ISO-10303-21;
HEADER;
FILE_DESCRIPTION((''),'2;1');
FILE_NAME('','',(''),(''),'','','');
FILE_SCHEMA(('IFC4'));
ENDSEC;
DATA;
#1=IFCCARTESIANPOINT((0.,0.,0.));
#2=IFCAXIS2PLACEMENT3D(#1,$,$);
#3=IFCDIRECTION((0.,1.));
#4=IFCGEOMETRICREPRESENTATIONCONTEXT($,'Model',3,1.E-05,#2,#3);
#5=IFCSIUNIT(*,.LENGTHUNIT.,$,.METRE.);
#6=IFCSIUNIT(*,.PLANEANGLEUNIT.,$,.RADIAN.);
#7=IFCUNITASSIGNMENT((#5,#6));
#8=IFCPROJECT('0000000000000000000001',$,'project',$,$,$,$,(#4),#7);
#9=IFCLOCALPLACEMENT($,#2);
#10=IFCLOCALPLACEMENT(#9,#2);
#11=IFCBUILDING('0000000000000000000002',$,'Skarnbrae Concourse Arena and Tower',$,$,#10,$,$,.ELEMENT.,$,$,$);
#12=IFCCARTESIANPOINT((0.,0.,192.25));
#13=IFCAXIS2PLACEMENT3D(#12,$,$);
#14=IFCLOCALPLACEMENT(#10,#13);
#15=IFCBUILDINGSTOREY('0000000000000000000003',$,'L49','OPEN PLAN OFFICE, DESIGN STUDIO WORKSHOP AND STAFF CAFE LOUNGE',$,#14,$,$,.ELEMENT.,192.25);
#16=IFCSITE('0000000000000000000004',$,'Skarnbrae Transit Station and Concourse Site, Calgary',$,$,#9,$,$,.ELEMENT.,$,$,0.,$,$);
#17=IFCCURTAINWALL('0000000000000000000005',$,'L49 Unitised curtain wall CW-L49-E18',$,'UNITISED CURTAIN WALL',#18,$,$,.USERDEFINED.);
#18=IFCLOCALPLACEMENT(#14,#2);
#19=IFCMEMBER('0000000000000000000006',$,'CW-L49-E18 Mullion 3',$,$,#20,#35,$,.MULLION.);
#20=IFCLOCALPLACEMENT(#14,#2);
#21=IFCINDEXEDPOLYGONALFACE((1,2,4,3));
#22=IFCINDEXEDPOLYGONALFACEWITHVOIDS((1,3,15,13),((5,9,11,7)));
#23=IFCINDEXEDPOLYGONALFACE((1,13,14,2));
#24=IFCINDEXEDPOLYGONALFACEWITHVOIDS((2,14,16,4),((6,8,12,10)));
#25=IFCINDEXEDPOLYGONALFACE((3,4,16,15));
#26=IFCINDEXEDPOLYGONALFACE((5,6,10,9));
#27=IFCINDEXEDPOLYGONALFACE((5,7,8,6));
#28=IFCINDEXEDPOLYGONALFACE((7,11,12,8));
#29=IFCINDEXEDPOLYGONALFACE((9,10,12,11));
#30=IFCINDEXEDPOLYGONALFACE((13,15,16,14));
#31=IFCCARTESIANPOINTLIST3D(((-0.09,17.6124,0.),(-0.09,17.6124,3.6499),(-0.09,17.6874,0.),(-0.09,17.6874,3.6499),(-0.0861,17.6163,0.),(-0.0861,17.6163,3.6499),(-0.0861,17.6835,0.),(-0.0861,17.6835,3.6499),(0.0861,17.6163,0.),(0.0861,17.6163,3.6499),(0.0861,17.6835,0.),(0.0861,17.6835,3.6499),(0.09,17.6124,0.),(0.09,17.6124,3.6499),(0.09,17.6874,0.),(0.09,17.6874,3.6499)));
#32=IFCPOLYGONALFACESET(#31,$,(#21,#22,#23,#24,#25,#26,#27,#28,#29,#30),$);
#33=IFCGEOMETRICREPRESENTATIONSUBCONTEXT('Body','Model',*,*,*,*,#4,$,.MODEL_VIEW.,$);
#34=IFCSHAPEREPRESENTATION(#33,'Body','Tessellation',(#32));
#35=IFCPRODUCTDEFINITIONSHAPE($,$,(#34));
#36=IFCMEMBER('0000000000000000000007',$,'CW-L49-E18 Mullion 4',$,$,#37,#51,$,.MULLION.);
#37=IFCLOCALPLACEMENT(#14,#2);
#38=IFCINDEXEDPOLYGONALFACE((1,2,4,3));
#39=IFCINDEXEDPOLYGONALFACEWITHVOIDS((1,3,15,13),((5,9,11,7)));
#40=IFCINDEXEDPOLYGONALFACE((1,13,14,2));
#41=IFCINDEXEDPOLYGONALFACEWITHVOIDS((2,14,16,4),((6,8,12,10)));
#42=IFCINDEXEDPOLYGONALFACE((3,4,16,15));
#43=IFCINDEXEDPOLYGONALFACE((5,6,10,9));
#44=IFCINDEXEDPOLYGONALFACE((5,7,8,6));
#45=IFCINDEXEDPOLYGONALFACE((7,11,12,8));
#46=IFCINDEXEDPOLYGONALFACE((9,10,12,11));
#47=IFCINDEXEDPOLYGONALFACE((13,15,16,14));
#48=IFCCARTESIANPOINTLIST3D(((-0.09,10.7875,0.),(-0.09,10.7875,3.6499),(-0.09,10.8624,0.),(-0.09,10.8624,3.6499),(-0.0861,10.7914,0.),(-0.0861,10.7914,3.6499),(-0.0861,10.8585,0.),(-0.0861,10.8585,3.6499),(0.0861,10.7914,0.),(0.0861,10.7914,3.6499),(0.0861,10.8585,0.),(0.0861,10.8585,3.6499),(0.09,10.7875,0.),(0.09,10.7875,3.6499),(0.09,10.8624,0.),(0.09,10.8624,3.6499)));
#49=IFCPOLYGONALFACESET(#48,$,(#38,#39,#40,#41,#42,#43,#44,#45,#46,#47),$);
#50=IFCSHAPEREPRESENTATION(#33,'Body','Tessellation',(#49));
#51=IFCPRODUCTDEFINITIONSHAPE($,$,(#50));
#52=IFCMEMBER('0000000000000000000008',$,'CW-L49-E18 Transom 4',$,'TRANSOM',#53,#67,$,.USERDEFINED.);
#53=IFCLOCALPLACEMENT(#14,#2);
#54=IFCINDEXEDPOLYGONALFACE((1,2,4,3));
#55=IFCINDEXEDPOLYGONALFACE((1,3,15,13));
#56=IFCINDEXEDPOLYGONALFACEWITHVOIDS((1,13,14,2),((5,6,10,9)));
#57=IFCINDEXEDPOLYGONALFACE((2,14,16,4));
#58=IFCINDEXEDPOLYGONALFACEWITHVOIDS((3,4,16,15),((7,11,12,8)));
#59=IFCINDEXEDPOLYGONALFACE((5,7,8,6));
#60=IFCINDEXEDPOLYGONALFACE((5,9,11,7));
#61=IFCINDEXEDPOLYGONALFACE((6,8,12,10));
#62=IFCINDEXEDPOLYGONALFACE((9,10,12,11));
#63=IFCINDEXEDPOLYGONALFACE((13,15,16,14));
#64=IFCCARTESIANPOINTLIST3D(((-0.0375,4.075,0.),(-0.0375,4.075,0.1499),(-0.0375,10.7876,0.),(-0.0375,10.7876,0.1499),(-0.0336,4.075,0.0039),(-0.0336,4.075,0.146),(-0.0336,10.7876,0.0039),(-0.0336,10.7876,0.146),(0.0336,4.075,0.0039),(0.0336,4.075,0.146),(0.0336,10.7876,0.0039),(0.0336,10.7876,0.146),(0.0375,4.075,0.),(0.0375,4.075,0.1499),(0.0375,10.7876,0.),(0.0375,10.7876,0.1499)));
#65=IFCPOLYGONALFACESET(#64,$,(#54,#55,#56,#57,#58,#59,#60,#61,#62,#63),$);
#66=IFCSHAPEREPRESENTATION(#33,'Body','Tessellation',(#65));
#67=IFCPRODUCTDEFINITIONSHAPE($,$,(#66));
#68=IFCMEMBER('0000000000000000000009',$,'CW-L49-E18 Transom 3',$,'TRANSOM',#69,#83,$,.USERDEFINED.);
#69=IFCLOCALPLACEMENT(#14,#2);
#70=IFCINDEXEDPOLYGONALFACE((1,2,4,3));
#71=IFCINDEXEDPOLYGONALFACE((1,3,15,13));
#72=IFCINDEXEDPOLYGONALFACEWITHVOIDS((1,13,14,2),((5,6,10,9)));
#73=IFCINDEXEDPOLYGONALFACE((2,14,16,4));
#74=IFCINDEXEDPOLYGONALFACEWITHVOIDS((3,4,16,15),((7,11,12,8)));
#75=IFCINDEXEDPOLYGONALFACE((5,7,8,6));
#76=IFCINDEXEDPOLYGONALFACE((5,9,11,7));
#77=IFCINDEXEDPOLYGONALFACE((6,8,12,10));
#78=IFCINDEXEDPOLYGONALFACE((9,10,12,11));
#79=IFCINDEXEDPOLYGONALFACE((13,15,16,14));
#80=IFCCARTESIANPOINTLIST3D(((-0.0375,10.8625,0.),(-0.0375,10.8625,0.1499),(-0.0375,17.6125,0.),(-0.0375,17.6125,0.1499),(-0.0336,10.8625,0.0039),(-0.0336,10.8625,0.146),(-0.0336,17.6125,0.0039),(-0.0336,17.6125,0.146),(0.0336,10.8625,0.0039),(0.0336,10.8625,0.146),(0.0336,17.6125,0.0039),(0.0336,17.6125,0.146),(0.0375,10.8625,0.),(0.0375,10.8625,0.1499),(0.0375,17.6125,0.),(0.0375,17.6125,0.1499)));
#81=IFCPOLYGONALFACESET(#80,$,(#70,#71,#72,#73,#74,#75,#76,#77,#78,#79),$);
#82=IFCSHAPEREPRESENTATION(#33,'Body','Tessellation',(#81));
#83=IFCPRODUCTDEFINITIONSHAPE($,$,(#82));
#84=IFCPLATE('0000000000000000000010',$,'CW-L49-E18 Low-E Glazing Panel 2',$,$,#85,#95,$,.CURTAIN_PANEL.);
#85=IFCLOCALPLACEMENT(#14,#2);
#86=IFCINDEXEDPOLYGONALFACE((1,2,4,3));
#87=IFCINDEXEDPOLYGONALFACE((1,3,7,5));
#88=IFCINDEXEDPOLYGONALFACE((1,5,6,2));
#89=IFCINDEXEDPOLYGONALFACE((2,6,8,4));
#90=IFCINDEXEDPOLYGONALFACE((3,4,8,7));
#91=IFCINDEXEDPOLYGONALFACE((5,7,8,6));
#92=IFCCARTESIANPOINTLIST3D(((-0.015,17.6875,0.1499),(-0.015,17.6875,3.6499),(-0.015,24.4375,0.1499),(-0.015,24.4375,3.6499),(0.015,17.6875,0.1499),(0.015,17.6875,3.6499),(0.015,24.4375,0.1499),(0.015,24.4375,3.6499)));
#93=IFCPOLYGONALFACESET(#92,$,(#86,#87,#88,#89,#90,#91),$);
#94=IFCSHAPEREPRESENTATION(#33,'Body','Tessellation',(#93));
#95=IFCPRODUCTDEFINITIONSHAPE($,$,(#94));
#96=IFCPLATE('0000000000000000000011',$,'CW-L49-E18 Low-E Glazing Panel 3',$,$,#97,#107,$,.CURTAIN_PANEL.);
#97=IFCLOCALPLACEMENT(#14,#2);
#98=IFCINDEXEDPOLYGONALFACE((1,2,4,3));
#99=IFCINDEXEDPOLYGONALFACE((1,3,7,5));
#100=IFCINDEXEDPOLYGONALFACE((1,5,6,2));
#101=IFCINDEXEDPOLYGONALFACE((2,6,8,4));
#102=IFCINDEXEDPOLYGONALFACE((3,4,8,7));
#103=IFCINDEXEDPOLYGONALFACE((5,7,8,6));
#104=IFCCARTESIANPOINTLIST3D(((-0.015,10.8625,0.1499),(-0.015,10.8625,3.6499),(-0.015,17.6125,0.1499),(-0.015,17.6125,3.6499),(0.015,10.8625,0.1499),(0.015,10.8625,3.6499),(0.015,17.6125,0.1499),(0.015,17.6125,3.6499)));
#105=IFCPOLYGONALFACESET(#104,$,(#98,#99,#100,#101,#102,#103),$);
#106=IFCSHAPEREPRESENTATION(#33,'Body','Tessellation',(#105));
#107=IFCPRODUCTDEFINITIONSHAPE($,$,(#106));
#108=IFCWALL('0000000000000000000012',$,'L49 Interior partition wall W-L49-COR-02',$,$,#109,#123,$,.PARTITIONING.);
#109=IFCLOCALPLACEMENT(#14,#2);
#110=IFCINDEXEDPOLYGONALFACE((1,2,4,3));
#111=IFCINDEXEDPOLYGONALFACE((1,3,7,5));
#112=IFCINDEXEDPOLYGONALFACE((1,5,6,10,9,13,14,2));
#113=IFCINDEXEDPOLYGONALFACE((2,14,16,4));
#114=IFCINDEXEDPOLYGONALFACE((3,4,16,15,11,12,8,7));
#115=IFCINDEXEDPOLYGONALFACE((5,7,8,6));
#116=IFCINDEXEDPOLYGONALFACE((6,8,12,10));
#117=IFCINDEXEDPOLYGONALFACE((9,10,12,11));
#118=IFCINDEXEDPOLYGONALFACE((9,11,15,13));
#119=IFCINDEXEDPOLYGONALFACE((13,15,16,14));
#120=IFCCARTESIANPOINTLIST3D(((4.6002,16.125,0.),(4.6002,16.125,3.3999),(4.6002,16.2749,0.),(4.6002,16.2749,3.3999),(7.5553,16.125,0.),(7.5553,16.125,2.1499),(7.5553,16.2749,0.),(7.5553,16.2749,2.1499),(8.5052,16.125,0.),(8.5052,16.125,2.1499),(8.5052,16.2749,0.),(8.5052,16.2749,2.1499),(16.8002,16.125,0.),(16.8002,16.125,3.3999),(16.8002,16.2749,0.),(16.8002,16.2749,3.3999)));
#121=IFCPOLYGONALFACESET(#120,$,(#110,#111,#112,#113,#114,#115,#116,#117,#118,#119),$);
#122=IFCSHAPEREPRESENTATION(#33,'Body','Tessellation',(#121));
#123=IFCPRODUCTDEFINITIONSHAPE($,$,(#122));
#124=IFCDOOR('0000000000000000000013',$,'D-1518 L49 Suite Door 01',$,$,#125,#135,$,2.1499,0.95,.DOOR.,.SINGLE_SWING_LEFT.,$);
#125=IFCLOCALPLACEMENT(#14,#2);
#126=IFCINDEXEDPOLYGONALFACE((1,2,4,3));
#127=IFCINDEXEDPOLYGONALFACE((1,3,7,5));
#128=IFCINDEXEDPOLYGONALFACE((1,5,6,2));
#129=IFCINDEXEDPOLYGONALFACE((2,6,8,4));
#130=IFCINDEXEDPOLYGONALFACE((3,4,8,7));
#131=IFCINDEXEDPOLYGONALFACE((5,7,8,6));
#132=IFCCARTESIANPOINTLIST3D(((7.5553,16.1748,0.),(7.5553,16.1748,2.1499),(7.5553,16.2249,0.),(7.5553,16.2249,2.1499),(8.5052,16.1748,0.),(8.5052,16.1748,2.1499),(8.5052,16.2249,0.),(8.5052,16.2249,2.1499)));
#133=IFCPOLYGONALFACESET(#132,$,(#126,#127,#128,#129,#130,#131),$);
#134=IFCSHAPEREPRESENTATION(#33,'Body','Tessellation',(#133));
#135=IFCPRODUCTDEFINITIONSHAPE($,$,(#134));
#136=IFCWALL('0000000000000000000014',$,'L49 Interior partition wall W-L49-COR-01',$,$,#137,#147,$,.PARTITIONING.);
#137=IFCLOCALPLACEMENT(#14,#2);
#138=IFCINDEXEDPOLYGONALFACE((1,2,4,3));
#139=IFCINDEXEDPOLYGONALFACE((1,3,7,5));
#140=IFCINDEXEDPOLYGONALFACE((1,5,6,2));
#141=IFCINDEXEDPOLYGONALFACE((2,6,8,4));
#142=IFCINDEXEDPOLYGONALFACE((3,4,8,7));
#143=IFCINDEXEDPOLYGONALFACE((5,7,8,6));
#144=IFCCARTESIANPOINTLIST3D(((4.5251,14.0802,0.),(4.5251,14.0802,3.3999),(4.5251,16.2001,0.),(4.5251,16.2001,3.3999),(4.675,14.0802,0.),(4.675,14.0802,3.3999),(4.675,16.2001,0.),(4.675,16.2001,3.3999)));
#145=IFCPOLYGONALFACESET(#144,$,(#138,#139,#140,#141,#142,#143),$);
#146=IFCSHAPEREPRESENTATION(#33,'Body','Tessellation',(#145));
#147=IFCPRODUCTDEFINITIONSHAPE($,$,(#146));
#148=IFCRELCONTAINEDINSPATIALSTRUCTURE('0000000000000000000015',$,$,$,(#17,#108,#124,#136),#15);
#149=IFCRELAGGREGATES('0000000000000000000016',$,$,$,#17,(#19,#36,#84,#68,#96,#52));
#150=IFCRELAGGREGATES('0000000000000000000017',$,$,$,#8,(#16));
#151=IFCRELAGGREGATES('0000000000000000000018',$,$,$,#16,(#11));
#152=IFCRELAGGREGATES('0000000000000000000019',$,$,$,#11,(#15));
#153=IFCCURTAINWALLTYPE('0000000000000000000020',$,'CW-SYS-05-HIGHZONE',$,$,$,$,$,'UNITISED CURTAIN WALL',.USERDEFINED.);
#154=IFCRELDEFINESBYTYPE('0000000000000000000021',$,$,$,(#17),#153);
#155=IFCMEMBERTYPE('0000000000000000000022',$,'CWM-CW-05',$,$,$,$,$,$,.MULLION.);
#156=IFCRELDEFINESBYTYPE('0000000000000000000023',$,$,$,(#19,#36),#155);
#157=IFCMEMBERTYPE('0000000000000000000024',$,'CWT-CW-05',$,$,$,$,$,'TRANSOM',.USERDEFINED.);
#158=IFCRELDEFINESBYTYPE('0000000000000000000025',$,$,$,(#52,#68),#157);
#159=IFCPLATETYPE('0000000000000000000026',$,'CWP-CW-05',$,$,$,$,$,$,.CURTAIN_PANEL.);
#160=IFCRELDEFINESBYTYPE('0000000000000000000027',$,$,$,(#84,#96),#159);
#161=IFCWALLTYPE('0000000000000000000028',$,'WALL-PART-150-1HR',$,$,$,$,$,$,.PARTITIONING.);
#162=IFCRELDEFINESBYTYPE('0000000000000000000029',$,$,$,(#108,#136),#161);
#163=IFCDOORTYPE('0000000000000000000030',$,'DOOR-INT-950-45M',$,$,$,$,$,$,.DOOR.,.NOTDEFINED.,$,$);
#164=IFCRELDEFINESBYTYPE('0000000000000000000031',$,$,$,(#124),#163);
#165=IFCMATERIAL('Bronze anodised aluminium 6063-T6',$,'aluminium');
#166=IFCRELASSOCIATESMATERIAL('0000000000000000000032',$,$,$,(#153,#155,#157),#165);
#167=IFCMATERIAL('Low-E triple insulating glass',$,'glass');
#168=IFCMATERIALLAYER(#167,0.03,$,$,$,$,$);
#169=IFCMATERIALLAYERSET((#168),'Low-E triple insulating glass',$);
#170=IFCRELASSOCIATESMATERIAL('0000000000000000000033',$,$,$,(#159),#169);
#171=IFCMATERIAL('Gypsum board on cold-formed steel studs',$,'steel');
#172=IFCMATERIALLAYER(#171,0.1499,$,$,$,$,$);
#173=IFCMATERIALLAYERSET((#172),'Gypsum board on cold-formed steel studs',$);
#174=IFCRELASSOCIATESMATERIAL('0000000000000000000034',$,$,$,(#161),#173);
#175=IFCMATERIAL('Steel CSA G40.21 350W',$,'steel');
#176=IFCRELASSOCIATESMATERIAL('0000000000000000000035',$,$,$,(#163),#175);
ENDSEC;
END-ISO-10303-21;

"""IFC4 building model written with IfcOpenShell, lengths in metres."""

from ifc_helpers import new_model, si_unit, direction, frame, frame_2d, origin, origin_2d, place, context, subcontext, project, spatial, rectangle, hollow_rectangle, extrude, source, transform, mapped, material, layer, layer_set, material_profile, profile_set, type_object, element, fill, aggregate, save


model = new_model("IFC4")

# Units and contexts
model_context = context("Model", 3, precision=1e-05, world=origin(), true_north=direction((0.0, 1.0)))
body_context = subcontext(model_context, "Body", "Model", "MODEL_VIEW")
ifc_project = project(units=[si_unit("LENGTHUNIT", "METRE"), si_unit("PLANEANGLEUNIT", "RADIAN")], contexts=[model_context])

# Site, building, storey
site_placement = place(None, origin())
site = spatial("IfcSite", under=ifc_project, at=site_placement, Name="Skarnbrae Transit Station and Concourse Site, Calgary", CompositionType="ELEMENT", RefElevation=0.0)
building_placement = place(site_placement, origin())
building = spatial("IfcBuilding", under=site, at=building_placement, Name="Skarnbrae Concourse Arena and Tower", CompositionType="ELEMENT")
storey_placement = place(building_placement, frame((0.0, 0.0, 192.25)))
storey = spatial("IfcBuildingStorey", under=building, at=storey_placement, Name="L49", Description="OPEN PLAN OFFICE, DESIGN STUDIO WORKSHOP AND STAFF CAFE LOUNGE", CompositionType="ELEMENT", Elevation=192.25)

# Shared definitions
ifc_material_1 = material(Name="Steel CSA G40.21 350W", Category="steel")

# Curtain wall, members, plates
ifc_material_2 = material(Name="Bronze anodised aluminium 6063-T6", Category="aluminium")
curtain_wall_type = type_object("IfcCurtainWallType", Name="CW-SYS-05-HIGHZONE", ElementType="UNITISED CURTAIN WALL", PredefinedType="USERDEFINED", material=ifc_material_2)
curtain_wall_placement = place(storey_placement, origin())
curtain_wall = element("IfcCurtainWall", 1, at=curtain_wall_placement, inside=storey, type_object=curtain_wall_type, Name="L49 Unitised curtain wall CW-L49-E18", ObjectType="UNITISED CURTAIN WALL", PredefinedType="USERDEFINED")
ifc_material_profile_1 = material_profile(ifc_material_2, hollow_rectangle(XDim=0.075, YDim=0.1799, WallThickness=0.0039, at=origin_2d()), Name="ALU-MULL-75X180")
ifc_profile_set_1 = profile_set([ifc_material_profile_1], Name="Bronze anodised aluminium 6063-T6")
member_type_1 = type_object("IfcMemberType", Name="CWM-CW-05", PredefinedType="MULLION", material=ifc_profile_set_1)
shared_shape_1 = source(origin(), body_context, "Body", "SweptSolid", [
    extrude(hollow_rectangle(XDim=0.075, YDim=0.1799, WallThickness=0.0039, at=origin_2d()), origin(), (0.0, 0.0, 1.0), 3.6499),
])
member_1_placement = place(storey_placement, frame((0.0, 17.6499, 0.0), z_axis=(0.0, 0.0, 1.0), x_axis=(0.0, -1.0, 0.0)))
member_1 = element("IfcMember", 2, at=member_1_placement, type_object=member_type_1, Name="CW-L49-E18 Mullion 3", PredefinedType="MULLION", context=body_context, shape_type="MappedRepresentation", body=[
    mapped(shared_shape_1, transform((0.0, 0.0, 0.0))),
])
member_2_placement = place(storey_placement, frame((0.0, 10.825, 0.0), z_axis=(0.0, 0.0, 1.0), x_axis=(0.0, -1.0, 0.0)))
member_2 = element("IfcMember", 3, at=member_2_placement, type_object=member_type_1, Name="CW-L49-E18 Mullion 4", PredefinedType="MULLION", context=body_context, shape_type="MappedRepresentation", body=[
    mapped(shared_shape_1, transform((0.0, 0.0, 0.0))),
])
ifc_material_profile_2 = material_profile(ifc_material_2, hollow_rectangle(XDim=0.075, YDim=0.1499, WallThickness=0.0039, at=origin_2d()), Name="ALU-TRAN-75X150")
ifc_profile_set_2 = profile_set([ifc_material_profile_2], Name="Bronze anodised aluminium 6063-T6")
member_type_2 = type_object("IfcMemberType", Name="CWT-CW-05", ElementType="TRANSOM", PredefinedType="USERDEFINED", material=ifc_profile_set_2)
shared_shape_2 = source(origin(), body_context, "Body", "SweptSolid", [
    extrude(hollow_rectangle(XDim=0.075, YDim=0.1499, WallThickness=0.0039, at=origin_2d()), origin(), (0.0, 0.0, 1.0), 6.7126),
])
member_3_placement = place(storey_placement, frame((0.0, 10.7876, 0.075), z_axis=(0.0, -1.0, 0.0), x_axis=(1.0, 0.0, 0.0)))
member_3 = element("IfcMember", 4, at=member_3_placement, type_object=member_type_2, Name="CW-L49-E18 Transom 4", ObjectType="TRANSOM", PredefinedType="USERDEFINED", context=body_context, shape_type="MappedRepresentation", body=[
    mapped(shared_shape_2, transform((0.0, 0.0, 0.0))),
])
shared_shape_3 = source(origin(), body_context, "Body", "SweptSolid", [
    extrude(hollow_rectangle(XDim=0.075, YDim=0.1499, WallThickness=0.0039, at=origin_2d()), origin(), (0.0, 0.0, 1.0), 6.75),
])
member_4_placement = place(storey_placement, frame((0.0, 17.6125, 0.075), z_axis=(0.0, -1.0, 0.0), x_axis=(1.0, 0.0, 0.0)))
member_4 = element("IfcMember", 5, at=member_4_placement, type_object=member_type_2, Name="CW-L49-E18 Transom 3", ObjectType="TRANSOM", PredefinedType="USERDEFINED", context=body_context, shape_type="MappedRepresentation", body=[
    mapped(shared_shape_3, transform((0.0, 0.0, 0.0))),
])
ifc_material_3 = material(Name="Low-E triple insulating glass", Category="glass")
ifc_layer_1 = layer(ifc_material_3, 0.03)
ifc_layer_set_1 = layer_set([ifc_layer_1], Name="Low-E triple insulating glass")
plate_type = type_object("IfcPlateType", Name="CWP-CW-05", PredefinedType="CURTAIN_PANEL", material=ifc_layer_set_1)
shared_shape_4 = source(origin(), body_context, "Body", "SweptSolid", [
    extrude(rectangle(XDim=6.75, YDim=0.03, at=origin_2d()), origin(), (0.0, 0.0, 1.0), 3.5),
])
plate_1_placement = place(storey_placement, frame((0.0, 21.0625, 0.1499), z_axis=(0.0, 0.0, 1.0), x_axis=(0.0, -1.0, 0.0)))
plate_1 = element("IfcPlate", 6, at=plate_1_placement, type_object=plate_type, Name="CW-L49-E18 Low-E Glazing Panel 2", PredefinedType="CURTAIN_PANEL", context=body_context, shape_type="MappedRepresentation", body=[
    mapped(shared_shape_4, transform((0.0, 0.0, 0.0))),
])
plate_2_placement = place(storey_placement, frame((0.0, 14.2375, 0.1499), z_axis=(0.0, 0.0, 1.0), x_axis=(0.0, -1.0, 0.0)))
plate_2 = element("IfcPlate", 7, at=plate_2_placement, type_object=plate_type, Name="CW-L49-E18 Low-E Glazing Panel 3", PredefinedType="CURTAIN_PANEL", context=body_context, shape_type="MappedRepresentation", body=[
    mapped(shared_shape_4, transform((0.0, 0.0, 0.0))),
])
aggregate(curtain_wall, [member_1, member_2, plate_1, member_4, plate_2, member_3])

# Wall, opening, door
ifc_material_4 = material(Name="Gypsum board on cold-formed steel studs", Category="steel")
ifc_layer_2 = layer(ifc_material_4, 0.1499)
ifc_layer_set_2 = layer_set([ifc_layer_2], Name="Gypsum board on cold-formed steel studs")
wall_type_1 = type_object("IfcWallType", Name="WALL-PART-150-1HR", PredefinedType="PARTITIONING", material=ifc_layer_set_2)
shared_shape_5 = source(origin(), body_context, "Body", "SweptSolid", [
    extrude(rectangle(XDim=12.2, YDim=0.1499, at=frame_2d((6.1001, 0.0))), origin(), (0.0, 0.0, 1.0), 3.3999),
])
wall_1_placement = place(storey_placement, frame((4.6001, 16.2, 0.0), z_axis=(0.0, 0.0, 1.0), x_axis=(1.0, 0.0, 0.0)))
wall_1 = element("IfcWall", 8, at=wall_1_placement, inside=storey, type_object=wall_type_1, Name="L49 Interior partition wall W-L49-COR-02", PredefinedType="PARTITIONING", context=body_context, shape_type="MappedRepresentation", body=[
    mapped(shared_shape_5, transform((0.0, 0.0, 0.0))),
])
opening_1_placement = place(wall_1_placement, frame((2.9551, 0.0, 0.0)))
opening_1 = element("IfcOpeningElement", 9, at=opening_1_placement, cuts=wall_1, PredefinedType="OPENING", context=body_context, shape_type="SweptSolid", body=[
    extrude(rectangle(XDim=0.95, YDim=2.1499, at=frame_2d((0.4751, 1.075))), frame((0.0, 0.085, 0.0), z_axis=(0.0, -1.0, 0.0), x_axis=(1.0, 0.0, 0.0)), (0.0, 0.0, 1.0), 0.1699),
])
door_type_1 = type_object("IfcDoorType", Name="DOOR-INT-950-45M", OperationType="NOTDEFINED", PredefinedType="DOOR", material=ifc_material_1)
shared_shape_6 = source(origin(), body_context, "Body", "SweptSolid", [
    extrude(rectangle(XDim=0.95, YDim=2.1499, at=frame_2d((0.4751, 1.075))), frame((0.0, 0.0249, 0.0), z_axis=(0.0, -1.0, 0.0), x_axis=(1.0, 0.0, 0.0)), (0.0, 0.0, 1.0), 0.05),
])
door_1_placement = place(opening_1_placement, origin())
door_1 = element("IfcDoor", 10, at=door_1_placement, inside=storey, type_object=door_type_1, Name="D-1518 L49 Suite Door 01", OperationType="SINGLE_SWING_LEFT", OverallHeight=2.1499, OverallWidth=0.95, PredefinedType="DOOR", context=body_context, shape_type="MappedRepresentation", body=[
    mapped(shared_shape_6, transform((0.0, 0.0, 0.0))),
])
fill(opening_1, door_1)

# Wall
shared_shape_7 = source(origin(), body_context, "Body", "SweptSolid", [
    extrude(rectangle(XDim=2.1199, YDim=0.1499, at=frame_2d((1.0601, 0.0))), origin(), (0.0, 0.0, 1.0), 3.3999),
])
wall_2_placement = place(storey_placement, frame((4.6001, 14.0801, 0.0), z_axis=(0.0, 0.0, 1.0), x_axis=(0.0, 1.0, 0.0)))
element("IfcWall", 11, at=wall_2_placement, inside=storey, type_object=wall_type_1, Name="L49 Interior partition wall W-L49-COR-01", PredefinedType="PARTITIONING", context=body_context, shape_type="MappedRepresentation", body=[
    mapped(shared_shape_7, transform((0.0, 0.0, 0.0))),
])

save(model, "model.ifc")
